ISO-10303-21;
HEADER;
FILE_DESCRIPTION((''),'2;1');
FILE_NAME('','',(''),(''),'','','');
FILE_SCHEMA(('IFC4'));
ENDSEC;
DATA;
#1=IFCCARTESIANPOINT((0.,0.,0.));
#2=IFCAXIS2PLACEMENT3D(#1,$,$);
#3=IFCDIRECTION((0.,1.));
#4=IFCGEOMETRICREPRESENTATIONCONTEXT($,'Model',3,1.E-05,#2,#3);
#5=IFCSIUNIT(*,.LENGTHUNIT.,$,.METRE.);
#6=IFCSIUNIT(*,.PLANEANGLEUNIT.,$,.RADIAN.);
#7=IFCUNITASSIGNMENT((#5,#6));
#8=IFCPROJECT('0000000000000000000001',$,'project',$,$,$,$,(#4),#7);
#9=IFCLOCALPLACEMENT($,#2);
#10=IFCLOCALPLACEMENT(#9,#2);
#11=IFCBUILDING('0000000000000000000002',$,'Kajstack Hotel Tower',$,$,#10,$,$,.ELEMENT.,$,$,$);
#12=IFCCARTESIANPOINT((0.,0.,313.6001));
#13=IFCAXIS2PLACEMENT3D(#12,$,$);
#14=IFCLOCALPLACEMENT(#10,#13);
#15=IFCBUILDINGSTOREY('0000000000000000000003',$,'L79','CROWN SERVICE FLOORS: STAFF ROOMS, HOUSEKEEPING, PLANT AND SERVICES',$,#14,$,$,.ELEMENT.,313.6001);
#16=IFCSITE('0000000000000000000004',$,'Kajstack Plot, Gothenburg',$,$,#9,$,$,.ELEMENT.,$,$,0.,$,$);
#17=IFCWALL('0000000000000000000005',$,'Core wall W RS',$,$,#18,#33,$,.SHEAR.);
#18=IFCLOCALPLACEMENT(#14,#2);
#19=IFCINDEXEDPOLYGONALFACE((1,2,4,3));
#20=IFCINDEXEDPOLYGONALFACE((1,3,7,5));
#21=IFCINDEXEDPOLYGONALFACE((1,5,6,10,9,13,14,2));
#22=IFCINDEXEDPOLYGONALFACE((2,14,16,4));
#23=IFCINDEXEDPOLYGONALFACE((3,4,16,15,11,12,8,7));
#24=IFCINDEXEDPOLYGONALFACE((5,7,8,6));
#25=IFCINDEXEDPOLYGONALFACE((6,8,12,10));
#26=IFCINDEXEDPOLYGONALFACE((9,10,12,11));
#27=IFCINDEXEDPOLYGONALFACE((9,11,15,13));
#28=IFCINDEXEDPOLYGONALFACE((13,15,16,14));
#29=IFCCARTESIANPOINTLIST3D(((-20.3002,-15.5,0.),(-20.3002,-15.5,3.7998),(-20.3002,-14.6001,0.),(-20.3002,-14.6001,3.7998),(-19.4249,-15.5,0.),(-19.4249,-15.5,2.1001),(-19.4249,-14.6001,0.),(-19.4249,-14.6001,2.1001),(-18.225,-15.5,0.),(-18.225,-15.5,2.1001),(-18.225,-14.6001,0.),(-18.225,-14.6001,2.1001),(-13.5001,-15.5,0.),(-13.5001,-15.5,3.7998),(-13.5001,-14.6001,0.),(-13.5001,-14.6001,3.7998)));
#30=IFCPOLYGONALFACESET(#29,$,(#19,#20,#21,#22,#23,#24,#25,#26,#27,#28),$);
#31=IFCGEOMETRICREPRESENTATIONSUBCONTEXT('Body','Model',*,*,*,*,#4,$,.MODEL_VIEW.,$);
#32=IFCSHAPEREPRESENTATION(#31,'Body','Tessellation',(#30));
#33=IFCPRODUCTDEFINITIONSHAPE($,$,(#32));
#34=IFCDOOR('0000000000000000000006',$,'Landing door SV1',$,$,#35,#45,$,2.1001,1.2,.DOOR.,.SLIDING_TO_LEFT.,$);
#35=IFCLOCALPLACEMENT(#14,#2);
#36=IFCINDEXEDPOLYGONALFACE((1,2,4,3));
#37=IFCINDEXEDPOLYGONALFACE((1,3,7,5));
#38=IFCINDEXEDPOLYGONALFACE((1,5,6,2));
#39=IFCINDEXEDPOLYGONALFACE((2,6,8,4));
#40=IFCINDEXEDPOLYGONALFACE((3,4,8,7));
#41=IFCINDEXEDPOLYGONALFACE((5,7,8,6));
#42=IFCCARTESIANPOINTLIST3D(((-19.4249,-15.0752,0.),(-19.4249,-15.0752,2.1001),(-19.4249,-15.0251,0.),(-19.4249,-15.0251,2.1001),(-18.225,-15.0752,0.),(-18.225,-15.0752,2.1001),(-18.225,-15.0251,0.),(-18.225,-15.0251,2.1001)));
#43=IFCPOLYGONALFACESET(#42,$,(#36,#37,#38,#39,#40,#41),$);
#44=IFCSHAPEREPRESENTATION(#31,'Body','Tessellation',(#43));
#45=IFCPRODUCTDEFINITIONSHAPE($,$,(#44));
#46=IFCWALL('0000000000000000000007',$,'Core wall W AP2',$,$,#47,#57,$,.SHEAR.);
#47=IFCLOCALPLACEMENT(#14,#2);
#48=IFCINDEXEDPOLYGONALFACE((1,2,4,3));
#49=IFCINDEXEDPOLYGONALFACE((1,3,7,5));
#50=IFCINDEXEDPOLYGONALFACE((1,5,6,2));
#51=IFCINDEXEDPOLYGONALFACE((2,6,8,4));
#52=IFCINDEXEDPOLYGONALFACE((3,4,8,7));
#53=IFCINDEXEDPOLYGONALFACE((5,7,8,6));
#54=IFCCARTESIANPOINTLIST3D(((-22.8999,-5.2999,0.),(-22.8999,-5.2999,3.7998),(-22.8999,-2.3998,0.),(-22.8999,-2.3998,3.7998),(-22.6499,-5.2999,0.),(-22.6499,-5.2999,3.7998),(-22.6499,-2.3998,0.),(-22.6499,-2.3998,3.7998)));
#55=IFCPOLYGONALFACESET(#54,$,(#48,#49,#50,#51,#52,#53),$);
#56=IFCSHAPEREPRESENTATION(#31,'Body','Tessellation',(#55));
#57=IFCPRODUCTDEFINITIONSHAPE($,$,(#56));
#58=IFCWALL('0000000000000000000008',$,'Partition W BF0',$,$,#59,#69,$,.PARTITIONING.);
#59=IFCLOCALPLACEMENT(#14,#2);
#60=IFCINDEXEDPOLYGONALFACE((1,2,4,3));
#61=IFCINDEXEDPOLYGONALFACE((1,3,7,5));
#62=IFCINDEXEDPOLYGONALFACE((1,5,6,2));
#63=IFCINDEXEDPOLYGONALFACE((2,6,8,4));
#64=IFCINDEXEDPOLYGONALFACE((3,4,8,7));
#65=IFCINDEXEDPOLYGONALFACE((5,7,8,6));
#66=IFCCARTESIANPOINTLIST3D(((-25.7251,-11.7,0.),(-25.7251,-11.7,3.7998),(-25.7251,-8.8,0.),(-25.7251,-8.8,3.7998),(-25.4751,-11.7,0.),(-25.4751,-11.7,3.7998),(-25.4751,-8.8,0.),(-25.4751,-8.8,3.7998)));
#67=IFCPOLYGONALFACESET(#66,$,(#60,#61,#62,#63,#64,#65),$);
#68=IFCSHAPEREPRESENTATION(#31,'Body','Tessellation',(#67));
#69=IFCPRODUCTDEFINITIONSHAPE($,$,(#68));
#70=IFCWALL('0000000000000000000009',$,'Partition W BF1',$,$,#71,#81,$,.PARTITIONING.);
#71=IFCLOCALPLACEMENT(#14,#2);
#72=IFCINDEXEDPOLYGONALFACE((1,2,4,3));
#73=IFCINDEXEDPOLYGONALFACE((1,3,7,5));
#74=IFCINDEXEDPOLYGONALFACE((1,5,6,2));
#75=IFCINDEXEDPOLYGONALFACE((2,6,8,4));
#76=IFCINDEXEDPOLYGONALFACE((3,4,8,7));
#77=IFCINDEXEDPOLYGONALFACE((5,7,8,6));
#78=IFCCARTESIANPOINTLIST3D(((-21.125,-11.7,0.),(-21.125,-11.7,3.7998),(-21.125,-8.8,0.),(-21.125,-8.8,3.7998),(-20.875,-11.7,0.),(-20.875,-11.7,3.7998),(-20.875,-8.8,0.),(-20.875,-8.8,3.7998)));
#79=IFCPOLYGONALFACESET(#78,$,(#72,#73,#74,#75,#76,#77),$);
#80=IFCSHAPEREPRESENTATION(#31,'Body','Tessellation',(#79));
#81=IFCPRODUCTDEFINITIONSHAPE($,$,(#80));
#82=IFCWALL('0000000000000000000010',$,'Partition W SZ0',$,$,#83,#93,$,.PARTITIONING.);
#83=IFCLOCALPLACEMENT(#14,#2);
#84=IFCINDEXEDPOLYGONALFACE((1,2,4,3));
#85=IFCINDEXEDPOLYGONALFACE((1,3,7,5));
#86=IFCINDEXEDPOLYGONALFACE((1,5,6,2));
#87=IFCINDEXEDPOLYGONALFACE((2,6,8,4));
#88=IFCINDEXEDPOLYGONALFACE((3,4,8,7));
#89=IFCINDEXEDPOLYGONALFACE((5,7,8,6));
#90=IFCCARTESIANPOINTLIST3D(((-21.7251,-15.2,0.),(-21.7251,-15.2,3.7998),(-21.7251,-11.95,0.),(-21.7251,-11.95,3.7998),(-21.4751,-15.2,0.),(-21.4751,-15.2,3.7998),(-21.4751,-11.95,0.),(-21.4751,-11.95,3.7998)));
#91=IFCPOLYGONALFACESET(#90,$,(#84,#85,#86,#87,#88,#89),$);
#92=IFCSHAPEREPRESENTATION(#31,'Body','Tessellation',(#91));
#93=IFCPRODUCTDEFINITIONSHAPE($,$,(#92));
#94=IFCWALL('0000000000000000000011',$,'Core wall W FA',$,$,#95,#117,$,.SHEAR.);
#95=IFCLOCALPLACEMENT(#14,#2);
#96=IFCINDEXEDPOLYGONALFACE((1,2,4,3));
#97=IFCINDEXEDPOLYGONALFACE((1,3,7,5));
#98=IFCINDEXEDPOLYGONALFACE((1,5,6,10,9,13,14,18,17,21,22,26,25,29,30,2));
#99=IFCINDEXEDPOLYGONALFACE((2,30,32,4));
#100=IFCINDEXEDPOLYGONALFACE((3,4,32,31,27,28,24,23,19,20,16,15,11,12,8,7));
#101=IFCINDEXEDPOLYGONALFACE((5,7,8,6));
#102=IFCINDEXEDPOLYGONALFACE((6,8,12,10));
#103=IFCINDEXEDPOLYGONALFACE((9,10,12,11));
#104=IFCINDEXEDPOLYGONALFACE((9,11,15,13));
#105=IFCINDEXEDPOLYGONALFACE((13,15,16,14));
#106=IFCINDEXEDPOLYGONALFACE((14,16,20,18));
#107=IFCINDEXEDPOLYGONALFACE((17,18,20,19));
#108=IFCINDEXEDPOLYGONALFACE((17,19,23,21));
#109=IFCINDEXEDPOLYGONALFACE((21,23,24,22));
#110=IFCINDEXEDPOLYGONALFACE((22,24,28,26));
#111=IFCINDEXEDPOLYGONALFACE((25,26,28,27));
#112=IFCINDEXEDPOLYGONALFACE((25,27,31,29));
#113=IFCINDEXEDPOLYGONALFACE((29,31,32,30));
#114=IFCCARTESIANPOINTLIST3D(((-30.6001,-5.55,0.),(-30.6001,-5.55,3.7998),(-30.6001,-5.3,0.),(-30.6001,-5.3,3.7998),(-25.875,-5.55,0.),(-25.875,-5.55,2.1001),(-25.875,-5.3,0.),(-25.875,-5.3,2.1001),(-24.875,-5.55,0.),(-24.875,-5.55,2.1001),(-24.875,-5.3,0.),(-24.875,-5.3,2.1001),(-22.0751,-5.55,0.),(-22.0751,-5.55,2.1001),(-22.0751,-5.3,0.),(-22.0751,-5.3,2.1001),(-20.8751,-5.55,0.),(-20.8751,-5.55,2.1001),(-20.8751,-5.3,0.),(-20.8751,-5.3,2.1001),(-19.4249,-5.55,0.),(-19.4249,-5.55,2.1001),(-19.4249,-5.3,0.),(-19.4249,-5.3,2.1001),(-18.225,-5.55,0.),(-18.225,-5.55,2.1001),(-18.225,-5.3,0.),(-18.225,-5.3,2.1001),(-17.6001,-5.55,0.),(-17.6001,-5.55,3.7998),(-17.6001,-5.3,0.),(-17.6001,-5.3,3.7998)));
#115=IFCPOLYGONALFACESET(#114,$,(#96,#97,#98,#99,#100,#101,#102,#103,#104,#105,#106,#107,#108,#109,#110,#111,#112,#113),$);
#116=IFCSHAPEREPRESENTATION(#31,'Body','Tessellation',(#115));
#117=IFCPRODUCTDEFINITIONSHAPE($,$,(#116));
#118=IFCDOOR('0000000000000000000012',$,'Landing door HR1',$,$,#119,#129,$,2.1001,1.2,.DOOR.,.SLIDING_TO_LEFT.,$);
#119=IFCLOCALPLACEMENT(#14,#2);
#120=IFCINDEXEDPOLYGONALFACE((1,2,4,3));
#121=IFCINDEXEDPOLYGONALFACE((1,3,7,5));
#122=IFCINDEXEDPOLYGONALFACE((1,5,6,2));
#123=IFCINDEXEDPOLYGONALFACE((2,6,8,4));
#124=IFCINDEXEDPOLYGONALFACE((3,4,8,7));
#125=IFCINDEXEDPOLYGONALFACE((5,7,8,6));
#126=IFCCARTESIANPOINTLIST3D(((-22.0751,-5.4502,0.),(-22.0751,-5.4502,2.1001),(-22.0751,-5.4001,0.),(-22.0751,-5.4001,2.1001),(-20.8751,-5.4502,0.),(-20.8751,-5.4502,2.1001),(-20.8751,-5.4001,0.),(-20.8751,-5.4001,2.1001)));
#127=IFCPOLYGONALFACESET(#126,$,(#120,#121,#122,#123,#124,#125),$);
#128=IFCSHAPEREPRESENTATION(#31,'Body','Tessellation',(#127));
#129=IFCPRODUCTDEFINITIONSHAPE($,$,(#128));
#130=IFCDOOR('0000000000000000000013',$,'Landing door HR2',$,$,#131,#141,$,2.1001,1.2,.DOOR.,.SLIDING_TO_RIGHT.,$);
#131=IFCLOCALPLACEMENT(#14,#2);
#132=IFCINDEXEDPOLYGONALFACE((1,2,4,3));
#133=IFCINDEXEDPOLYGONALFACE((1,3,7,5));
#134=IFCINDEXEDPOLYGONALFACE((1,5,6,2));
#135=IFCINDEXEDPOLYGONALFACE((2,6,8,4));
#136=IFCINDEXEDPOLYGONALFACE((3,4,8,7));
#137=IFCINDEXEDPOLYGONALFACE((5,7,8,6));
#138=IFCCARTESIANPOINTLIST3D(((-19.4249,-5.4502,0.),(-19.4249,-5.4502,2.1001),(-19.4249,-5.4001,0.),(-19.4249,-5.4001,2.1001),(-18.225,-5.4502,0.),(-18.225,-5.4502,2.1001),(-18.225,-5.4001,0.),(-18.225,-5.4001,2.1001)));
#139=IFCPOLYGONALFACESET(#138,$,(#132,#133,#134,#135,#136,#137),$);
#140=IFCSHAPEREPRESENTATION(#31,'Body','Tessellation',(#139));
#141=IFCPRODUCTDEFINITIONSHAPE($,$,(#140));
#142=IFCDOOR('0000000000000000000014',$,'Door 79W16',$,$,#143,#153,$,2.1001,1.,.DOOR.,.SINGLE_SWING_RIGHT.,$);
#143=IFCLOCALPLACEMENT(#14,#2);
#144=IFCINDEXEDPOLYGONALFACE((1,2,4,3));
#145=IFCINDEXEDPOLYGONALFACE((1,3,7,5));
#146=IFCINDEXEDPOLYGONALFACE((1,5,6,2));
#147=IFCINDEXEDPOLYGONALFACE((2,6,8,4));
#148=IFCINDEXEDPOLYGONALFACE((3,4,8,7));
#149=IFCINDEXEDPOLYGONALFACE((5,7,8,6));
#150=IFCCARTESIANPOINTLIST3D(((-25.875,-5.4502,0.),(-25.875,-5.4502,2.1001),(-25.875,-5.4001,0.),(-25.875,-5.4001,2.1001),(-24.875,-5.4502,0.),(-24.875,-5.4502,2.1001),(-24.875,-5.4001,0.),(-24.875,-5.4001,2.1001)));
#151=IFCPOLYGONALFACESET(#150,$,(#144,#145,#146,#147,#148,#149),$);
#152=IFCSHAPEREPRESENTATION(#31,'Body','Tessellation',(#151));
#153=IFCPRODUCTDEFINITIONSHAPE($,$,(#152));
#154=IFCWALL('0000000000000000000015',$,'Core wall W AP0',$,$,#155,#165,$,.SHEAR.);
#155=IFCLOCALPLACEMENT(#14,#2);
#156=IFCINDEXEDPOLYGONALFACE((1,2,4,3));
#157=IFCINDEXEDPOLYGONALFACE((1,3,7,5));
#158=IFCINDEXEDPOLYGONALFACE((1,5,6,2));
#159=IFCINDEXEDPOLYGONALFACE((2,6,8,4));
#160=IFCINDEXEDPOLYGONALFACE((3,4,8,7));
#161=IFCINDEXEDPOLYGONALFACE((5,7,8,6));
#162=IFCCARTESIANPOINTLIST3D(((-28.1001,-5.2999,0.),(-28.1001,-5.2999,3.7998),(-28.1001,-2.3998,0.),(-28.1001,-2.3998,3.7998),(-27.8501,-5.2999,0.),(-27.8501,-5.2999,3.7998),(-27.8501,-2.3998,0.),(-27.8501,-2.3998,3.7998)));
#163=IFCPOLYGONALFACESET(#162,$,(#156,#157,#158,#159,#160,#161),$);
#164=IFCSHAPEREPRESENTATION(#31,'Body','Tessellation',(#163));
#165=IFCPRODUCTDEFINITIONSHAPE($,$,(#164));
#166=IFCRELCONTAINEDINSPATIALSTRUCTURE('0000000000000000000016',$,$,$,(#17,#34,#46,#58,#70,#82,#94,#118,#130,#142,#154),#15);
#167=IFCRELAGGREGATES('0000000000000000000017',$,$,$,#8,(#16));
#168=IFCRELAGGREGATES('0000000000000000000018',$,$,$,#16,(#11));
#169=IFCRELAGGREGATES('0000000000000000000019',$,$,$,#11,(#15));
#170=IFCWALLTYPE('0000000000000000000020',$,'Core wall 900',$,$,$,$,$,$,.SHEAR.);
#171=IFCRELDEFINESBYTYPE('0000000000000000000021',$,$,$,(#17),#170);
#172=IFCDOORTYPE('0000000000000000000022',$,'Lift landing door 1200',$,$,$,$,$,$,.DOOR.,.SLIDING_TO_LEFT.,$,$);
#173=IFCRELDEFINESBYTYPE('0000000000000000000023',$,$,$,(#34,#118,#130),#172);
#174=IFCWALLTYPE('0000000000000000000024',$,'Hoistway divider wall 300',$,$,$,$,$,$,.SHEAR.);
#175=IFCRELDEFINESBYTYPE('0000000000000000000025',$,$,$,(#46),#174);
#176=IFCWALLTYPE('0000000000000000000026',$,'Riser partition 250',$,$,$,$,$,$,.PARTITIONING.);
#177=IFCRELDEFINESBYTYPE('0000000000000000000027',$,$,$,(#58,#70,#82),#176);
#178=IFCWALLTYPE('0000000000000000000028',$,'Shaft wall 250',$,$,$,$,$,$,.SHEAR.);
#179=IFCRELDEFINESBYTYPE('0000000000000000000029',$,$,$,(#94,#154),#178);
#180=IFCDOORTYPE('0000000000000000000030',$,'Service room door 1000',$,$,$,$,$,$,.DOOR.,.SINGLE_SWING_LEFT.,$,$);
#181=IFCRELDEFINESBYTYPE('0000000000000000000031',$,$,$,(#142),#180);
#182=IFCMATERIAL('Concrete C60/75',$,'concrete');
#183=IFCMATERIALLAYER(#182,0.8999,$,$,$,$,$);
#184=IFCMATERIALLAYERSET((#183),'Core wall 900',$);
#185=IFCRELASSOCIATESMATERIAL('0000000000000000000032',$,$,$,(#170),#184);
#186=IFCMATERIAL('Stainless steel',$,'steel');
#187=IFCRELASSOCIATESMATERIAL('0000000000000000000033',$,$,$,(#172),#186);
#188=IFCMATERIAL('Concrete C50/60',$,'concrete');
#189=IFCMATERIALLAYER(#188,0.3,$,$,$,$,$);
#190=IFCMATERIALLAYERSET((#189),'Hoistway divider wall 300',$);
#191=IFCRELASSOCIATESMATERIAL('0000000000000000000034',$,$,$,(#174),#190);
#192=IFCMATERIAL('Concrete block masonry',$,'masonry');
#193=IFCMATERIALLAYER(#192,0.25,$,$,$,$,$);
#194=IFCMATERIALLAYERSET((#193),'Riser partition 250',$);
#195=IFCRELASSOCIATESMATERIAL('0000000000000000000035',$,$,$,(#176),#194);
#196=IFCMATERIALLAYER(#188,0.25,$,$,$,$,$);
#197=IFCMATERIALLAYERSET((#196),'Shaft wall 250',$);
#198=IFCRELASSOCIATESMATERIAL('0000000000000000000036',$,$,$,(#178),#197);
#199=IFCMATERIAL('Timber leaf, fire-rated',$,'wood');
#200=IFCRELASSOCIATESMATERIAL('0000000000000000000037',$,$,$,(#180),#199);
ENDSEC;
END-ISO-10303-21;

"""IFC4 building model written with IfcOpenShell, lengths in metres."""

from ifc_helpers import new_model, si_unit, direction, frame, frame_2d, origin, place, context, subcontext, project, spatial, rectangle, extrude, material, layer, layer_set, type_object, element, fill, save


model = new_model("IFC4")

# Units and contexts
model_context = context("Model", 3, precision=1e-05, world=origin(), true_north=direction((0.0, 1.0)))
body_context = subcontext(model_context, "Body", "Model", "MODEL_VIEW")
ifc_project = project(units=[si_unit("LENGTHUNIT", "METRE"), si_unit("PLANEANGLEUNIT", "RADIAN")], contexts=[model_context])

# Site, building, storey
site_placement = place(None, origin())
site = spatial("IfcSite", under=ifc_project, at=site_placement, Name="Kajstack Plot, Gothenburg", CompositionType="ELEMENT", RefElevation=0.0)
building_placement = place(site_placement, origin())
building = spatial("IfcBuilding", under=site, at=building_placement, Name="Kajstack Hotel Tower", CompositionType="ELEMENT")
storey_placement = place(building_placement, frame((0.0, 0.0, 313.6001)))
storey = spatial("IfcBuildingStorey", under=building, at=storey_placement, Name="L79", Description="CROWN SERVICE FLOORS: STAFF ROOMS, HOUSEKEEPING, PLANT AND SERVICES", CompositionType="ELEMENT", Elevation=313.6001)

# Wall, opening, door
ifc_material_1 = material(Name="Concrete C60/75", Category="concrete")
ifc_layer_1 = layer(ifc_material_1, 0.8999)
ifc_layer_set_1 = layer_set([ifc_layer_1], Name="Core wall 900")
wall_type_1 = type_object("IfcWallType", Name="Core wall 900", PredefinedType="SHEAR", material=ifc_layer_set_1)
wall_1_placement = place(storey_placement, frame((-20.3, -15.05, 0.0), z_axis=(0.0, 0.0, 1.0), x_axis=(1.0, 0.0, 0.0)))
wall_1 = element("IfcWall", 1, at=wall_1_placement, inside=storey, type_object=wall_type_1, Name="Core wall W RS", PredefinedType="SHEAR", context=body_context, shape_type="SweptSolid", body=[
    extrude(rectangle(XDim=6.8, YDim=0.8999, at=frame_2d((3.3999, 0.0))), origin(), (0.0, 0.0, 1.0), 3.7998),
])
opening_1_placement = place(wall_1_placement, frame((0.875, 0.0, 0.0)))
opening_1 = element("IfcOpeningElement", 2, at=opening_1_placement, cuts=wall_1, PredefinedType="OPENING", context=body_context, shape_type="SweptSolid", body=[
    extrude(rectangle(XDim=1.2, YDim=2.1001, at=frame_2d((0.6001, 1.05))), frame((0.0, 0.46, 0.0), z_axis=(0.0, -1.0, 0.0), x_axis=(1.0, 0.0, 0.0)), (0.0, 0.0, 1.0), 0.9199),
])
ifc_material_2 = material(Name="Stainless steel", Category="steel")
door_type_1 = type_object("IfcDoorType", Name="Lift landing door 1200", OperationType="SLIDING_TO_LEFT", PredefinedType="DOOR", material=ifc_material_2)
door_1_placement = place(opening_1_placement, origin())
door_1 = element("IfcDoor", 3, at=door_1_placement, inside=storey, type_object=door_type_1, Name="Landing door SV1", OperationType="SLIDING_TO_LEFT", OverallHeight=2.1001, OverallWidth=1.2, PredefinedType="DOOR", context=body_context, shape_type="SweptSolid", body=[
    extrude(rectangle(XDim=1.2, YDim=2.1001, at=frame_2d((0.6001, 1.05))), frame((0.0, 0.0249, 0.0), z_axis=(0.0, -1.0, 0.0), x_axis=(1.0, 0.0, 0.0)), (0.0, 0.0, 1.0), 0.05),
])
fill(opening_1, door_1)

# Walls
ifc_material_3 = material(Name="Concrete C50/60", Category="concrete")
ifc_layer_2 = layer(ifc_material_3, 0.3)
ifc_layer_set_2 = layer_set([ifc_layer_2], Name="Hoistway divider wall 300")
wall_type_2 = type_object("IfcWallType", Name="Hoistway divider wall 300", PredefinedType="SHEAR", material=ifc_layer_set_2)
wall_2_placement = place(storey_placement, frame((-22.7749, -5.3, 0.0), z_axis=(0.0, 0.0, 1.0), x_axis=(0.0, 1.0, 0.0)))
element("IfcWall", 4, at=wall_2_placement, inside=storey, type_object=wall_type_2, Name="Core wall W AP2", PredefinedType="SHEAR", context=body_context, shape_type="SweptSolid", body=[
    extrude(rectangle(XDim=2.9001, YDim=0.25, at=frame_2d((1.4502, 0.0))), origin(), (0.0, 0.0, 1.0), 3.7998),
])
ifc_material_4 = material(Name="Concrete block masonry", Category="masonry")
ifc_layer_3 = layer(ifc_material_4, 0.25)
ifc_layer_set_3 = layer_set([ifc_layer_3], Name="Riser partition 250")
wall_type_3 = type_object("IfcWallType", Name="Riser partition 250", PredefinedType="PARTITIONING", material=ifc_layer_set_3)
for number, where, z_axis, x_axis, name in (
    (5, (-25.6001, -11.7, 0.0), (0.0, 0.0, 1.0), (0.0, 1.0, 0.0), "Partition W BF0"),
    (6, (-21.0, -11.7, 0.0), (0.0, 0.0, 1.0), (0.0, 1.0, 0.0), "Partition W BF1"),
):
    element("IfcWall", number, at=place(storey_placement, frame(where, z_axis=z_axis, x_axis=x_axis)), inside=storey, type_object=wall_type_3, Name=name, PredefinedType="PARTITIONING", context=body_context, shape_type="SweptSolid", body=[
        extrude(rectangle(XDim=2.8999, YDim=0.25, at=frame_2d((1.45, 0.0))), origin(), (0.0, 0.0, 1.0), 3.7998),
    ])
wall_3_placement = place(storey_placement, frame((-21.6001, -15.2, 0.0), z_axis=(0.0, 0.0, 1.0), x_axis=(0.0, 1.0, 0.0)))
element("IfcWall", 7, at=wall_3_placement, inside=storey, type_object=wall_type_3, Name="Partition W SZ0", PredefinedType="PARTITIONING", context=body_context, shape_type="SweptSolid", body=[
    extrude(rectangle(XDim=3.25, YDim=0.25, at=frame_2d((1.625, 0.0))), origin(), (0.0, 0.0, 1.0), 3.7998),
])

# Wall, openings, doors
ifc_layer_4 = layer(ifc_material_3, 0.25)
ifc_layer_set_4 = layer_set([ifc_layer_4], Name="Shaft wall 250")
wall_type_4 = type_object("IfcWallType", Name="Shaft wall 250", PredefinedType="SHEAR", material=ifc_layer_set_4)
wall_4_placement = place(storey_placement, frame((-30.6001, -5.425, 0.0), z_axis=(0.0, 0.0, 1.0), x_axis=(1.0, 0.0, 0.0)))
wall_4 = element("IfcWall", 8, at=wall_4_placement, inside=storey, type_object=wall_type_4, Name="Core wall W FA", PredefinedType="SHEAR", context=body_context, shape_type="SweptSolid", body=[
    extrude(rectangle(XDim=13.0, YDim=0.25, at=frame_2d((6.5, 0.0))), origin(), (0.0, 0.0, 1.0), 3.7998),
])
opening_2_placement = place(wall_4_placement, frame((8.5249, 0.0, 0.0)))
opening_2 = element("IfcOpeningElement", 9, at=opening_2_placement, cuts=wall_4, PredefinedType="OPENING", context=body_context, shape_type="SweptSolid", body=[
    extrude(rectangle(XDim=1.2, YDim=2.1001, at=frame_2d((0.6001, 1.05))), frame((0.0, 0.135, 0.0), z_axis=(0.0, -1.0, 0.0), x_axis=(1.0, 0.0, 0.0)), (0.0, 0.0, 1.0), 0.27),
])
opening_3_placement = place(wall_4_placement, frame((11.175, 0.0, 0.0)))
opening_3 = element("IfcOpeningElement", 10, at=opening_3_placement, cuts=wall_4, PredefinedType="OPENING", context=body_context, shape_type="SweptSolid", body=[
    extrude(rectangle(XDim=1.2, YDim=2.1001, at=frame_2d((0.6001, 1.05))), frame((0.0, 0.135, 0.0), z_axis=(0.0, -1.0, 0.0), x_axis=(1.0, 0.0, 0.0)), (0.0, 0.0, 1.0), 0.27),
])
opening_4_placement = place(wall_4_placement, frame((4.7251, 0.0, 0.0)))
opening_4 = element("IfcOpeningElement", 11, at=opening_4_placement, cuts=wall_4, PredefinedType="OPENING", context=body_context, shape_type="SweptSolid", body=[
    extrude(rectangle(XDim=1.0, YDim=2.1001, at=frame_2d((0.5, 1.05))), frame((0.0, 0.135, 0.0), z_axis=(0.0, -1.0, 0.0), x_axis=(1.0, 0.0, 0.0)), (0.0, 0.0, 1.0), 0.27),
])
door_2_placement = place(opening_2_placement, origin())
door_2 = element("IfcDoor", 12, at=door_2_placement, inside=storey, type_object=door_type_1, Name="Landing door HR1", OperationType="SLIDING_TO_LEFT", OverallHeight=2.1001, OverallWidth=1.2, PredefinedType="DOOR", context=body_context, shape_type="SweptSolid", body=[
    extrude(rectangle(XDim=1.2, YDim=2.1001, at=frame_2d((0.6001, 1.05))), frame((0.0, 0.0249, 0.0), z_axis=(0.0, -1.0, 0.0), x_axis=(1.0, 0.0, 0.0)), (0.0, 0.0, 1.0), 0.05),
])
fill(opening_2, door_2)
door_3_placement = place(opening_3_placement, origin())
door_3 = element("IfcDoor", 13, at=door_3_placement, inside=storey, type_object=door_type_1, Name="Landing door HR2", OperationType="SLIDING_TO_RIGHT", OverallHeight=2.1001, OverallWidth=1.2, PredefinedType="DOOR", context=body_context, shape_type="SweptSolid", body=[
    extrude(rectangle(XDim=1.2, YDim=2.1001, at=frame_2d((0.6001, 1.05))), frame((0.0, 0.0249, 0.0), z_axis=(0.0, -1.0, 0.0), x_axis=(1.0, 0.0, 0.0)), (0.0, 0.0, 1.0), 0.05),
])
fill(opening_3, door_3)
ifc_material_5 = material(Name="Timber leaf, fire-rated", Category="wood")
door_type_2 = type_object("IfcDoorType", Name="Service room door 1000", OperationType="SINGLE_SWING_LEFT", PredefinedType="DOOR", material=ifc_material_5)
door_4_placement = place(opening_4_placement, origin())
door_4 = element("IfcDoor", 14, at=door_4_placement, inside=storey, type_object=door_type_2, Name="Door 79W16", OperationType="SINGLE_SWING_RIGHT", OverallHeight=2.1001, OverallWidth=1.0, PredefinedType="DOOR", context=body_context, shape_type="SweptSolid", body=[
    extrude(rectangle(XDim=1.0, YDim=2.1001, at=frame_2d((0.5, 1.05))), frame((0.0, 0.0249, 0.0), z_axis=(0.0, -1.0, 0.0), x_axis=(1.0, 0.0, 0.0)), (0.0, 0.0, 1.0), 0.05),
])
fill(opening_4, door_4)

# Wall
wall_5_placement = place(storey_placement, frame((-27.9751, -5.3, 0.0), z_axis=(0.0, 0.0, 1.0), x_axis=(0.0, 1.0, 0.0)))
element("IfcWall", 15, at=wall_5_placement, inside=storey, type_object=wall_type_4, Name="Core wall W AP0", PredefinedType="SHEAR", context=body_context, shape_type="SweptSolid", body=[
    extrude(rectangle(XDim=2.9001, YDim=0.25, at=frame_2d((1.4502, 0.0))), origin(), (0.0, 0.0, 1.0), 3.7998),
])

save(model, "model.ifc")
